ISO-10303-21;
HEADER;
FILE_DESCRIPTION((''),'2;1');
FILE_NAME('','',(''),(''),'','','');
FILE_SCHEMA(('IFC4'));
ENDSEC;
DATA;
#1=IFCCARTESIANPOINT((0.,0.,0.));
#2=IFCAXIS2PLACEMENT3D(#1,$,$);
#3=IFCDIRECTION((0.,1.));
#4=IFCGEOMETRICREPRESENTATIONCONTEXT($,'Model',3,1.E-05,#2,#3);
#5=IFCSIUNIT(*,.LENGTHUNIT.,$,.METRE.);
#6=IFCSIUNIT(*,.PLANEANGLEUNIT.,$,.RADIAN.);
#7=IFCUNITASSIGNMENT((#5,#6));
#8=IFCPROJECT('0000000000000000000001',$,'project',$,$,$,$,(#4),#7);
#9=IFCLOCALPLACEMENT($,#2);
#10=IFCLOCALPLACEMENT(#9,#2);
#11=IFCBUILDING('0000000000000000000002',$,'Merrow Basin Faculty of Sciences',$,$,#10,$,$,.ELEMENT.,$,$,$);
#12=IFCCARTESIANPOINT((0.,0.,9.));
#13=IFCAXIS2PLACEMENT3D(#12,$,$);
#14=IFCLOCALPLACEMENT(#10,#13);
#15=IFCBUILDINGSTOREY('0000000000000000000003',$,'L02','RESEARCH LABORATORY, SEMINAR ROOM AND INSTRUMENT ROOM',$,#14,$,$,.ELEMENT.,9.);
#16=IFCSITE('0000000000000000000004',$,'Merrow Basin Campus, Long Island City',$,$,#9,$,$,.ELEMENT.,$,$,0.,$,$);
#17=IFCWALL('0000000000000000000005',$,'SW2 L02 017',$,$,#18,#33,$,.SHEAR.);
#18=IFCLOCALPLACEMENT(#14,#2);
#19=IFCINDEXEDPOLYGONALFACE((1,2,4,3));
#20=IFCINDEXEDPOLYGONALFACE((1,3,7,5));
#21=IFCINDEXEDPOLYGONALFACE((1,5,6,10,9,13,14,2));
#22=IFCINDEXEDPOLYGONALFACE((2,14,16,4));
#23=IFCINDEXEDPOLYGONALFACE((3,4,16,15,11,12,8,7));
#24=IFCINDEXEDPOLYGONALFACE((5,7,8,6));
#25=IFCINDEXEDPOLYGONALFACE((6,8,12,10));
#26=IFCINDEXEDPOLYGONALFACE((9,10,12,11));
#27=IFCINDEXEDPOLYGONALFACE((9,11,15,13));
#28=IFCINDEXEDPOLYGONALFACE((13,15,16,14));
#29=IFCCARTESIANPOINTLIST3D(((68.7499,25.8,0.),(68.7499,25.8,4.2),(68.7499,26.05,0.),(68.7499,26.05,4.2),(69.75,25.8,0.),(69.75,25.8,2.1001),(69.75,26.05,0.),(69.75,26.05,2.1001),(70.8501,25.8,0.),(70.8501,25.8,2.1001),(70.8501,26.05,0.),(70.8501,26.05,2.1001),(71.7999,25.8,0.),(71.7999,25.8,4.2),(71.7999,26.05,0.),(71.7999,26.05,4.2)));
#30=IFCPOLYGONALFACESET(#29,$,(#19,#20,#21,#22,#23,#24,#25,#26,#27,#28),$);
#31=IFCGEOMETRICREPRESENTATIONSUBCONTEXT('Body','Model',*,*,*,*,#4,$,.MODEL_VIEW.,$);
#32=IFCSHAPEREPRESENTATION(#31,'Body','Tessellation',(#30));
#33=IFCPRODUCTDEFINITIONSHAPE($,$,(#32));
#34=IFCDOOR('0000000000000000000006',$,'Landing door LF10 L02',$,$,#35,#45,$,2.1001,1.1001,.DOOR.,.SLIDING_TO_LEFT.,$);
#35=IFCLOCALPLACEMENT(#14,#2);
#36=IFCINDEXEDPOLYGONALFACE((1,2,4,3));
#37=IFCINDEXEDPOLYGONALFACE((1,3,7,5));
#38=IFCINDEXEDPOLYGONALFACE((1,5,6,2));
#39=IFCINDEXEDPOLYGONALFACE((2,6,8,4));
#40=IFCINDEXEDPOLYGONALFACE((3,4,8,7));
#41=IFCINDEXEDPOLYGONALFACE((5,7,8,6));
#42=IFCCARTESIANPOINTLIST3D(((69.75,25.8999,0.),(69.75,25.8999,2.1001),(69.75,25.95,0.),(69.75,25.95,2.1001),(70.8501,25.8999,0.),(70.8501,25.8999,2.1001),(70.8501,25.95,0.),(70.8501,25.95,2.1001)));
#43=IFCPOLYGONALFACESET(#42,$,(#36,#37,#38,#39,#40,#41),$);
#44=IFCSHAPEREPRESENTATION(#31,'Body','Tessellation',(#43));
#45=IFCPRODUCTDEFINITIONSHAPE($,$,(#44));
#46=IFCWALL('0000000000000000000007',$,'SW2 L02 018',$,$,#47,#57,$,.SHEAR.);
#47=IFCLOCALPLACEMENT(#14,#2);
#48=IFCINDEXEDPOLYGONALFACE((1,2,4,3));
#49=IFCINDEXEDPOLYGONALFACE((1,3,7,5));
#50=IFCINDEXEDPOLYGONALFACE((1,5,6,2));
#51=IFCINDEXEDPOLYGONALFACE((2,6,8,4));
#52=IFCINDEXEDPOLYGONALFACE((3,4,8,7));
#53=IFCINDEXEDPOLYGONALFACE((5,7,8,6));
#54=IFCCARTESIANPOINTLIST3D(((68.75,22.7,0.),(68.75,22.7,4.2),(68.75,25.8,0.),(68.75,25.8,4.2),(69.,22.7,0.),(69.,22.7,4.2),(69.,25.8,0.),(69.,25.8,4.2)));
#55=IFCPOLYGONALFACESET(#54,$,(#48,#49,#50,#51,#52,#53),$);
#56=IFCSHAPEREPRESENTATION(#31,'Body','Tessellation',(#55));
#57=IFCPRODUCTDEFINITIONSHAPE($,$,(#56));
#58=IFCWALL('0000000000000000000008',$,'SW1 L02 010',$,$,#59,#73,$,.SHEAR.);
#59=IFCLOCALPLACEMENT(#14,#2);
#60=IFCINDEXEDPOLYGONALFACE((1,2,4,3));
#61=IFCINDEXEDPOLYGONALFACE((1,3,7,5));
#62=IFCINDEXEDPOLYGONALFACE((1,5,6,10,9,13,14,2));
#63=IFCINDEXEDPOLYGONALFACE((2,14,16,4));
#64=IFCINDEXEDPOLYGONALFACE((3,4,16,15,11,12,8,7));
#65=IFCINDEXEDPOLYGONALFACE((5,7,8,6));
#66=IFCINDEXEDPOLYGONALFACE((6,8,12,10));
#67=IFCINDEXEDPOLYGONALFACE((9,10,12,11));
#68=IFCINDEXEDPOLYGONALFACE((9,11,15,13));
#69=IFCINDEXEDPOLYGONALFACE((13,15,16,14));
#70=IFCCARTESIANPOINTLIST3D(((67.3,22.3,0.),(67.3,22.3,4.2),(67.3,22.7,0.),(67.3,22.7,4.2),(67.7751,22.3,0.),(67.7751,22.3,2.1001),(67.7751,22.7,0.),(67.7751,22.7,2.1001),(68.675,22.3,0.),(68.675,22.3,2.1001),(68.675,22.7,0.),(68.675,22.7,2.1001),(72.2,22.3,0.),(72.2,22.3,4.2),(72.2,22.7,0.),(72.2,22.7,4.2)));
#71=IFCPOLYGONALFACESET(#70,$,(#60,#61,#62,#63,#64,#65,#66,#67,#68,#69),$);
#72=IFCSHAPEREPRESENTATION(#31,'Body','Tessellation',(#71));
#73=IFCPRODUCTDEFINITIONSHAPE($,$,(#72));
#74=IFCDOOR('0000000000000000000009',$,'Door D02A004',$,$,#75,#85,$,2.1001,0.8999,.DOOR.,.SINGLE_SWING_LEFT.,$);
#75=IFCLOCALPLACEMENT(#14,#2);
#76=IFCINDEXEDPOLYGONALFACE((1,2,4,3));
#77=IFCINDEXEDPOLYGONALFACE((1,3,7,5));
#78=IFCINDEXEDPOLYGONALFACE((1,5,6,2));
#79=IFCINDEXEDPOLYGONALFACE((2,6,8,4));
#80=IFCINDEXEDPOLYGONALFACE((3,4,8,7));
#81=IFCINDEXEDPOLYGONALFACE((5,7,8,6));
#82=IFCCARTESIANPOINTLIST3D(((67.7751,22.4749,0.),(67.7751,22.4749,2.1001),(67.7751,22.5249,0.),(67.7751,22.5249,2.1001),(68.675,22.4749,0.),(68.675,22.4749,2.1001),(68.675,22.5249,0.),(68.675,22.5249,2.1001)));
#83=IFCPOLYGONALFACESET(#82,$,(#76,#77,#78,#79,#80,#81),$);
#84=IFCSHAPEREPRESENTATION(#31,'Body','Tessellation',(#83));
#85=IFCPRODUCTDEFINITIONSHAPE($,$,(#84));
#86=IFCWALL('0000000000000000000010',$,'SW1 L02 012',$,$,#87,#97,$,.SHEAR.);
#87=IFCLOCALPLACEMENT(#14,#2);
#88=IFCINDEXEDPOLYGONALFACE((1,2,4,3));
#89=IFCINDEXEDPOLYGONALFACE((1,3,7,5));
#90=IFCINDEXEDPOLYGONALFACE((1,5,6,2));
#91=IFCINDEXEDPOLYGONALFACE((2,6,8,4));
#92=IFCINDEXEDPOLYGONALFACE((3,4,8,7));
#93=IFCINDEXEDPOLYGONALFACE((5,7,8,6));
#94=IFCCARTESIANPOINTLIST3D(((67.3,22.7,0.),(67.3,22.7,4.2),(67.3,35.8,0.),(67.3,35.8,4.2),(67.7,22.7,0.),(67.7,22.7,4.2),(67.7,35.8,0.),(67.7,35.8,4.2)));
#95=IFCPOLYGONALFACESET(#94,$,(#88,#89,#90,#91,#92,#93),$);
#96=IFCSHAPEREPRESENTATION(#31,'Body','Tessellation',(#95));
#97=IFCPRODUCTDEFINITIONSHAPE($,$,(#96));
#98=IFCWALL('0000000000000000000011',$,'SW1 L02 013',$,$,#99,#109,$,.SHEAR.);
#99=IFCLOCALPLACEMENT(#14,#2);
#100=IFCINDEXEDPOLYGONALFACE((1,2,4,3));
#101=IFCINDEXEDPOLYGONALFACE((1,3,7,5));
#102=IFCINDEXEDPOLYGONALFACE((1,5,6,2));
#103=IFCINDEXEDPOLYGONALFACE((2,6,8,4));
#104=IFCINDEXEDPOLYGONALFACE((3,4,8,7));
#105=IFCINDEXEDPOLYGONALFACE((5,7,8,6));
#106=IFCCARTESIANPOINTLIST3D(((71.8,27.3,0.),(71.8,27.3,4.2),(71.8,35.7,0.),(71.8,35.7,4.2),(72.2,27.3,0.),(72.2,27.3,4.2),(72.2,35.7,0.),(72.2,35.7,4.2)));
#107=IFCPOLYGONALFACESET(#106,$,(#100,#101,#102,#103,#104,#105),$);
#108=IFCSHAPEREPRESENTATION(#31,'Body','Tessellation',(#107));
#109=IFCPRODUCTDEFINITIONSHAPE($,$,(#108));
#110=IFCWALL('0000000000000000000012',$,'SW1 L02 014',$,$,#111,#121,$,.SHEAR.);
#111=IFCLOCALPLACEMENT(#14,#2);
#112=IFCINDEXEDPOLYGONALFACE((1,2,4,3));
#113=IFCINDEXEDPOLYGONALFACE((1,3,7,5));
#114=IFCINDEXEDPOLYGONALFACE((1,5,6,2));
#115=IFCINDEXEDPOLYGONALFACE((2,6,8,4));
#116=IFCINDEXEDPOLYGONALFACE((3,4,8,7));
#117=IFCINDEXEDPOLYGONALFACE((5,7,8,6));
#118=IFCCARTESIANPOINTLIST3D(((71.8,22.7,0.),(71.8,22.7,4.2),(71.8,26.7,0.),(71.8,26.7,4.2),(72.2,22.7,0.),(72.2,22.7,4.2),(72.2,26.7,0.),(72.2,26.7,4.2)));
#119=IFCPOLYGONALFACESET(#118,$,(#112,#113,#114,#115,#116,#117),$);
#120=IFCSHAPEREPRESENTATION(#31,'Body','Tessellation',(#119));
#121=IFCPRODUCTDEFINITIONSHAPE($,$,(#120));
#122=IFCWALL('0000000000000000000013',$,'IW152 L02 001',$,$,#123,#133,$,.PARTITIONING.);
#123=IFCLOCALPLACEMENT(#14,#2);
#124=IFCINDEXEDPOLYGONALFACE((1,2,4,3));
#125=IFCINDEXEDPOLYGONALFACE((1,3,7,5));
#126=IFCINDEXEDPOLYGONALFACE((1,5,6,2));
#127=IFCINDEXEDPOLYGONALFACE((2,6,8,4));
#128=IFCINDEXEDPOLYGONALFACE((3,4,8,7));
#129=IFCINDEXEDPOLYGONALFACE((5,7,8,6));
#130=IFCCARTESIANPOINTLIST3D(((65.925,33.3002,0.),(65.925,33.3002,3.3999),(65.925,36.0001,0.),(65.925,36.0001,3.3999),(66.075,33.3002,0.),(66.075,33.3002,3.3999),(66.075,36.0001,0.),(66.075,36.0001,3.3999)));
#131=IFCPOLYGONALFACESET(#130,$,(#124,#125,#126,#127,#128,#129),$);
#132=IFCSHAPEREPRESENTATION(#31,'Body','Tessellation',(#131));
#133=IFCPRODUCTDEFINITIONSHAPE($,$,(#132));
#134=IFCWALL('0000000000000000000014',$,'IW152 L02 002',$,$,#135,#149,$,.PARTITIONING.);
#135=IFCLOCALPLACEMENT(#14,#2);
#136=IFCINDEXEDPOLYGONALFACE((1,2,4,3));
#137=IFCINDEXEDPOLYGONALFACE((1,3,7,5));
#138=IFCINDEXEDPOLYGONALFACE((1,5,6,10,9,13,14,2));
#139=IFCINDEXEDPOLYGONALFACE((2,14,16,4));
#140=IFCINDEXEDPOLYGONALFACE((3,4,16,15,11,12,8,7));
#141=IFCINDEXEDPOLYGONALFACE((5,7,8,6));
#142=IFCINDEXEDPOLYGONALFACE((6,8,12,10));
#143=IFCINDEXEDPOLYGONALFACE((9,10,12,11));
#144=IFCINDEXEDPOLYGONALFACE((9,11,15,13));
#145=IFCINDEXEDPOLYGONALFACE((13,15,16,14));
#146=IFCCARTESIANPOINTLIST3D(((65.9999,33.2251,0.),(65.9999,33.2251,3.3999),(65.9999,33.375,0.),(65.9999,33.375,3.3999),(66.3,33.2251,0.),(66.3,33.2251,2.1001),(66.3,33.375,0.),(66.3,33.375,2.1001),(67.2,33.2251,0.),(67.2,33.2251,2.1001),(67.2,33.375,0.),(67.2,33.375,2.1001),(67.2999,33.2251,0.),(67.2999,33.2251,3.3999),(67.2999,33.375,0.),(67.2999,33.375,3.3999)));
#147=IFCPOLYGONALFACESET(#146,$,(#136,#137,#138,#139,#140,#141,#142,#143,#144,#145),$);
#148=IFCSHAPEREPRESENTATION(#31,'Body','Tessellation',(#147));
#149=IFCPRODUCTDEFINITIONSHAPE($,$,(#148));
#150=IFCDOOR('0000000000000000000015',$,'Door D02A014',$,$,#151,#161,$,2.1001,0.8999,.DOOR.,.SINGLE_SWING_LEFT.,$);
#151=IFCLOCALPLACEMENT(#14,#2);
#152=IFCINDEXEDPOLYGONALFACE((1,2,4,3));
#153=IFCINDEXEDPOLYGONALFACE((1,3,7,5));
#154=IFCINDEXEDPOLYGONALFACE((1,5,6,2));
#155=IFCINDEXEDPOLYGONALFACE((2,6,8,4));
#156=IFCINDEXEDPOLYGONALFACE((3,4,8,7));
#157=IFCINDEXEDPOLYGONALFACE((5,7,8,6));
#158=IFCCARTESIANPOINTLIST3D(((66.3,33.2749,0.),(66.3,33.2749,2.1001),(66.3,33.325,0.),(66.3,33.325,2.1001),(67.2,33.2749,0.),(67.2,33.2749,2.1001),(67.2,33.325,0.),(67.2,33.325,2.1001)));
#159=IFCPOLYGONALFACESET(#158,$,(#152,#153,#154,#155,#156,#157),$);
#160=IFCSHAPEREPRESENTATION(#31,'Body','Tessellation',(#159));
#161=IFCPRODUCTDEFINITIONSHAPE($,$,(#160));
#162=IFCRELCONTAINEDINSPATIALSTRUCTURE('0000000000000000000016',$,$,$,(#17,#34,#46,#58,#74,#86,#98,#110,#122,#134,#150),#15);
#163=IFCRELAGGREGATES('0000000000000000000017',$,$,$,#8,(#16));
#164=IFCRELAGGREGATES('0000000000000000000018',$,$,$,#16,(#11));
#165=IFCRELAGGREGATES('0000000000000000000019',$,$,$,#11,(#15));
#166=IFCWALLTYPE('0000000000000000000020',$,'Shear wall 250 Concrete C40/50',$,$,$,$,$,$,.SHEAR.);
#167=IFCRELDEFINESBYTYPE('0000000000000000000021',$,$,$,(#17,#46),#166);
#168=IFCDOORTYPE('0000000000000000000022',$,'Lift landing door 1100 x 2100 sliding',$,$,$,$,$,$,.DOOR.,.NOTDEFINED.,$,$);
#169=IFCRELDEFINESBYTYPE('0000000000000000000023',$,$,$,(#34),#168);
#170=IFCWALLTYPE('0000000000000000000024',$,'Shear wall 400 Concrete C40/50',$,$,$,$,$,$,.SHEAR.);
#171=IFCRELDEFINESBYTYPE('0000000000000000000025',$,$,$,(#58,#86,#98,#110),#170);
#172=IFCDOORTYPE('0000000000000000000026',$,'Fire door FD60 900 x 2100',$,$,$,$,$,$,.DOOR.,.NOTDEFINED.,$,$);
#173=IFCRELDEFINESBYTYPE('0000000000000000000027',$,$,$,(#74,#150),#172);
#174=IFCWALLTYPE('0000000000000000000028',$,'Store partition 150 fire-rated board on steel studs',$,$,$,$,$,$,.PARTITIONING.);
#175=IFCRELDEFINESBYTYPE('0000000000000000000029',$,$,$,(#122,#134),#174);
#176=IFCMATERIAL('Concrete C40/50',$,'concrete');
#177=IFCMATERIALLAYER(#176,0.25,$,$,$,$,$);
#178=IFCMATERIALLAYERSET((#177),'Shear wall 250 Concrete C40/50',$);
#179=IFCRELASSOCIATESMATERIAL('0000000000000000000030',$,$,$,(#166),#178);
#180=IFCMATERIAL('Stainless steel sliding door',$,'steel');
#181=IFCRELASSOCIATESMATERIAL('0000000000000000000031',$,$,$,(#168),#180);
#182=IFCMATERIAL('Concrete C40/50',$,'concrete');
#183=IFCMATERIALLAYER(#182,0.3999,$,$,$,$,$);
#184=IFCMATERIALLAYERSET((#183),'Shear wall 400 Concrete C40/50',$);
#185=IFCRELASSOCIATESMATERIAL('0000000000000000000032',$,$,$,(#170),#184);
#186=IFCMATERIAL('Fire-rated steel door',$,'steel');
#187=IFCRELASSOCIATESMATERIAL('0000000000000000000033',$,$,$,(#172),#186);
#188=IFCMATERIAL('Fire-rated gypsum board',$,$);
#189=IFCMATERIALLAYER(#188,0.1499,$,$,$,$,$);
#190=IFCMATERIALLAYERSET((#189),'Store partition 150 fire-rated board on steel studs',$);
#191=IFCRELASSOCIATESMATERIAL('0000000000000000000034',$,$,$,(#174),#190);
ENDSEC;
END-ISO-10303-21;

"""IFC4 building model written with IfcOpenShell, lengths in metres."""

from ifc_helpers import new_model, si_unit, direction, frame, frame_2d, origin, place, context, subcontext, project, spatial, rectangle, extrude, material, layer, layer_set, type_object, element, fill, save


model = new_model("IFC4")

# Units and contexts
model_context = context("Model", 3, precision=1e-05, world=origin(), true_north=direction((0.0, 1.0)))
body_context = subcontext(model_context, "Body", "Model", "MODEL_VIEW")
ifc_project = project(units=[si_unit("LENGTHUNIT", "METRE"), si_unit("PLANEANGLEUNIT", "RADIAN")], contexts=[model_context])

# Site, building, storey
site_placement = place(None, origin())
site = spatial("IfcSite", under=ifc_project, at=site_placement, Name="Merrow Basin Campus, Long Island City", CompositionType="ELEMENT", RefElevation=0.0)
building_placement = place(site_placement, origin())
building = spatial("IfcBuilding", under=site, at=building_placement, Name="Merrow Basin Faculty of Sciences", CompositionType="ELEMENT")
storey_placement = place(building_placement, frame((0.0, 0.0, 9.0)))
storey = spatial("IfcBuildingStorey", under=building, at=storey_placement, Name="L02", Description="RESEARCH LABORATORY, SEMINAR ROOM AND INSTRUMENT ROOM", CompositionType="ELEMENT", Elevation=9.0)

# Shared definitions
ifc_material_1 = material(Name="Concrete C40/50", Category="concrete")
ifc_layer_1 = layer(ifc_material_1, 0.25)
ifc_layer_set_1 = layer_set([ifc_layer_1], Name="Shear wall 250 Concrete C40/50")
wall_type_1 = type_object("IfcWallType", Name="Shear wall 250 Concrete C40/50", PredefinedType="SHEAR", material=ifc_layer_set_1)

# Wall, opening, door
wall_1_placement = place(storey_placement, frame((68.75, 25.925, 0.0), z_axis=(0.0, 0.0, 1.0), x_axis=(1.0, 0.0, 0.0)))
wall_1 = element("IfcWall", 1, at=wall_1_placement, inside=storey, type_object=wall_type_1, Name="SW2 L02 017", PredefinedType="SHEAR", context=body_context, shape_type="SweptSolid", body=[
    extrude(rectangle(XDim=3.05, YDim=0.25, at=frame_2d((1.5249, 0.0))), origin(), (0.0, 0.0, 1.0), 4.2),
])
opening_1_placement = place(wall_1_placement, frame((1.0, 0.0, 0.0)))
opening_1 = element("IfcOpeningElement", 2, at=opening_1_placement, cuts=wall_1, PredefinedType="OPENING", context=body_context, shape_type="SweptSolid", body=[
    extrude(rectangle(XDim=1.1001, YDim=2.1001, at=frame_2d((0.55, 1.05))), frame((0.0, 0.135, 0.0), z_axis=(0.0, -1.0, 0.0), x_axis=(1.0, 0.0, 0.0)), (0.0, 0.0, 1.0), 0.27),
])
ifc_material_2 = material(Name="Stainless steel sliding door", Category="steel")
door_type_1 = type_object("IfcDoorType", Name="Lift landing door 1100 x 2100 sliding", OperationType="NOTDEFINED", PredefinedType="DOOR", material=ifc_material_2)
door_1_placement = place(opening_1_placement, origin())
door_1 = element("IfcDoor", 3, at=door_1_placement, inside=storey, type_object=door_type_1, Name="Landing door LF10 L02", OperationType="SLIDING_TO_LEFT", OverallHeight=2.1001, OverallWidth=1.1001, PredefinedType="DOOR", context=body_context, shape_type="SweptSolid", body=[
    extrude(rectangle(XDim=1.1001, YDim=2.1001, at=frame_2d((0.55, 1.05))), frame((0.0, 0.0249, 0.0), z_axis=(0.0, -1.0, 0.0), x_axis=(1.0, 0.0, 0.0)), (0.0, 0.0, 1.0), 0.05),
])
fill(opening_1, door_1)

# Wall
wall_2_placement = place(storey_placement, frame((68.875, 22.7, 0.0), z_axis=(0.0, 0.0, 1.0), x_axis=(0.0, 1.0, 0.0)))
element("IfcWall", 4, at=wall_2_placement, inside=storey, type_object=wall_type_1, Name="SW2 L02 018", PredefinedType="SHEAR", context=body_context, shape_type="SweptSolid", body=[
    extrude(rectangle(XDim=3.1001, YDim=0.25, at=frame_2d((1.55, 0.0))), origin(), (0.0, 0.0, 1.0), 4.2),
])

# Wall, opening, door
ifc_material_3 = material(Name="Concrete C40/50", Category="concrete")
ifc_layer_2 = layer(ifc_material_3, 0.3999)
ifc_layer_set_2 = layer_set([ifc_layer_2], Name="Shear wall 400 Concrete C40/50")
wall_type_2 = type_object("IfcWallType", Name="Shear wall 400 Concrete C40/50", PredefinedType="SHEAR", material=ifc_layer_set_2)
wall_3_placement = place(storey_placement, frame((67.3, 22.5, 0.0), z_axis=(0.0, 0.0, 1.0), x_axis=(1.0, 0.0, 0.0)))
wall_3 = element("IfcWall", 5, at=wall_3_placement, inside=storey, type_object=wall_type_2, Name="SW1 L02 010", PredefinedType="SHEAR", context=body_context, shape_type="SweptSolid", body=[
    extrude(rectangle(XDim=4.8999, YDim=0.3999, at=frame_2d((2.45, 0.0))), origin(), (0.0, 0.0, 1.0), 4.2),
])
opening_2_placement = place(wall_3_placement, frame((0.4751, 0.0, 0.0)))
opening_2 = element("IfcOpeningElement", 6, at=opening_2_placement, cuts=wall_3, PredefinedType="OPENING", context=body_context, shape_type="SweptSolid", body=[
    extrude(rectangle(XDim=0.8999, YDim=2.1001, at=frame_2d((0.45, 1.05))), frame((0.0, 0.21, 0.0), z_axis=(0.0, -1.0, 0.0), x_axis=(1.0, 0.0, 0.0)), (0.0, 0.0, 1.0), 0.4199),
])
ifc_material_4 = material(Name="Fire-rated steel door", Category="steel")
door_type_2 = type_object("IfcDoorType", Name="Fire door FD60 900 x 2100", OperationType="NOTDEFINED", PredefinedType="DOOR", material=ifc_material_4)
door_2_placement = place(opening_2_placement, origin())
door_2 = element("IfcDoor", 7, at=door_2_placement, inside=storey, type_object=door_type_2, Name="Door D02A004", OperationType="SINGLE_SWING_LEFT", OverallHeight=2.1001, OverallWidth=0.8999, PredefinedType="DOOR", context=body_context, shape_type="SweptSolid", body=[
    extrude(rectangle(XDim=0.8999, YDim=2.1001, at=frame_2d((0.45, 1.05))), frame((0.0, 0.0249, 0.0), z_axis=(0.0, -1.0, 0.0), x_axis=(1.0, 0.0, 0.0)), (0.0, 0.0, 1.0), 0.05),
])
fill(opening_2, door_2)

# Walls
wall_4_placement = place(storey_placement, frame((67.5, 22.7, 0.0), z_axis=(0.0, 0.0, 1.0), x_axis=(0.0, 1.0, 0.0)))
element("IfcWall", 8, at=wall_4_placement, inside=storey, type_object=wall_type_2, Name="SW1 L02 012", PredefinedType="SHEAR", context=body_context, shape_type="SweptSolid", body=[
    extrude(rectangle(XDim=13.1001, YDim=0.3999, at=frame_2d((6.55, 0.0))), origin(), (0.0, 0.0, 1.0), 4.2),
])
wall_5_placement = place(storey_placement, frame((72.0, 27.3, 0.0), z_axis=(0.0, 0.0, 1.0), x_axis=(0.0, 1.0, 0.0)))
element("IfcWall", 9, at=wall_5_placement, inside=storey, type_object=wall_type_2, Name="SW1 L02 013", PredefinedType="SHEAR", context=body_context, shape_type="SweptSolid", body=[
    extrude(rectangle(XDim=8.3999, YDim=0.3999, at=frame_2d((4.2, 0.0))), origin(), (0.0, 0.0, 1.0), 4.2),
])
wall_6_placement = place(storey_placement, frame((72.0, 22.7, 0.0), z_axis=(0.0, 0.0, 1.0), x_axis=(0.0, 1.0, 0.0)))
element("IfcWall", 10, at=wall_6_placement, inside=storey, type_object=wall_type_2, Name="SW1 L02 014", PredefinedType="SHEAR", context=body_context, shape_type="SweptSolid", body=[
    extrude(rectangle(XDim=4.0, YDim=0.3999, at=frame_2d((2.0, 0.0))), origin(), (0.0, 0.0, 1.0), 4.2),
])
ifc_material_5 = material(Name="Fire-rated gypsum board")
ifc_layer_3 = layer(ifc_material_5, 0.1499)
ifc_layer_set_3 = layer_set([ifc_layer_3], Name="Store partition 150 fire-rated board on steel studs")
wall_type_3 = type_object("IfcWallType", Name="Store partition 150 fire-rated board on steel studs", PredefinedType="PARTITIONING", material=ifc_layer_set_3)
wall_7_placement = place(storey_placement, frame((66.0, 33.3, 0.0), z_axis=(0.0, 0.0, 1.0), x_axis=(0.0, 1.0, 0.0)))
element("IfcWall", 11, at=wall_7_placement, inside=storey, type_object=wall_type_3, Name="IW152 L02 001", PredefinedType="PARTITIONING", context=body_context, shape_type="SweptSolid", body=[
    extrude(rectangle(XDim=2.7, YDim=0.1499, at=frame_2d((1.3501, 0.0))), origin(), (0.0, 0.0, 1.0), 3.3999),
])

# Wall, opening, door
wall_8_placement = place(storey_placement, frame((66.0, 33.3, 0.0), z_axis=(0.0, 0.0, 1.0), x_axis=(1.0, 0.0, 0.0)))
wall_8 = element("IfcWall", 12, at=wall_8_placement, inside=storey, type_object=wall_type_3, Name="IW152 L02 002", PredefinedType="PARTITIONING", context=body_context, shape_type="SweptSolid", body=[
    extrude(rectangle(XDim=1.3, YDim=0.1499, at=frame_2d((0.6499, 0.0))), origin(), (0.0, 0.0, 1.0), 3.3999),
])
opening_3_placement = place(wall_8_placement, frame((0.3, 0.0, 0.0)))
opening_3 = element("IfcOpeningElement", 13, at=opening_3_placement, cuts=wall_8, PredefinedType="OPENING", context=body_context, shape_type="SweptSolid", body=[
    extrude(rectangle(XDim=0.8999, YDim=2.1001, at=frame_2d((0.45, 1.05))), frame((0.0, 0.085, 0.0), z_axis=(0.0, -1.0, 0.0), x_axis=(1.0, 0.0, 0.0)), (0.0, 0.0, 1.0), 0.1699),
])
door_3_placement = place(opening_3_placement, origin())
door_3 = element("IfcDoor", 14, at=door_3_placement, inside=storey, type_object=door_type_2, Name="Door D02A014", OperationType="SINGLE_SWING_LEFT", OverallHeight=2.1001, OverallWidth=0.8999, PredefinedType="DOOR", context=body_context, shape_type="SweptSolid", body=[
    extrude(rectangle(XDim=0.8999, YDim=2.1001, at=frame_2d((0.45, 1.05))), frame((0.0, 0.0249, 0.0), z_axis=(0.0, -1.0, 0.0), x_axis=(1.0, 0.0, 0.0)), (0.0, 0.0, 1.0), 0.05),
])
fill(opening_3, door_3)

save(model, "model.ifc")
